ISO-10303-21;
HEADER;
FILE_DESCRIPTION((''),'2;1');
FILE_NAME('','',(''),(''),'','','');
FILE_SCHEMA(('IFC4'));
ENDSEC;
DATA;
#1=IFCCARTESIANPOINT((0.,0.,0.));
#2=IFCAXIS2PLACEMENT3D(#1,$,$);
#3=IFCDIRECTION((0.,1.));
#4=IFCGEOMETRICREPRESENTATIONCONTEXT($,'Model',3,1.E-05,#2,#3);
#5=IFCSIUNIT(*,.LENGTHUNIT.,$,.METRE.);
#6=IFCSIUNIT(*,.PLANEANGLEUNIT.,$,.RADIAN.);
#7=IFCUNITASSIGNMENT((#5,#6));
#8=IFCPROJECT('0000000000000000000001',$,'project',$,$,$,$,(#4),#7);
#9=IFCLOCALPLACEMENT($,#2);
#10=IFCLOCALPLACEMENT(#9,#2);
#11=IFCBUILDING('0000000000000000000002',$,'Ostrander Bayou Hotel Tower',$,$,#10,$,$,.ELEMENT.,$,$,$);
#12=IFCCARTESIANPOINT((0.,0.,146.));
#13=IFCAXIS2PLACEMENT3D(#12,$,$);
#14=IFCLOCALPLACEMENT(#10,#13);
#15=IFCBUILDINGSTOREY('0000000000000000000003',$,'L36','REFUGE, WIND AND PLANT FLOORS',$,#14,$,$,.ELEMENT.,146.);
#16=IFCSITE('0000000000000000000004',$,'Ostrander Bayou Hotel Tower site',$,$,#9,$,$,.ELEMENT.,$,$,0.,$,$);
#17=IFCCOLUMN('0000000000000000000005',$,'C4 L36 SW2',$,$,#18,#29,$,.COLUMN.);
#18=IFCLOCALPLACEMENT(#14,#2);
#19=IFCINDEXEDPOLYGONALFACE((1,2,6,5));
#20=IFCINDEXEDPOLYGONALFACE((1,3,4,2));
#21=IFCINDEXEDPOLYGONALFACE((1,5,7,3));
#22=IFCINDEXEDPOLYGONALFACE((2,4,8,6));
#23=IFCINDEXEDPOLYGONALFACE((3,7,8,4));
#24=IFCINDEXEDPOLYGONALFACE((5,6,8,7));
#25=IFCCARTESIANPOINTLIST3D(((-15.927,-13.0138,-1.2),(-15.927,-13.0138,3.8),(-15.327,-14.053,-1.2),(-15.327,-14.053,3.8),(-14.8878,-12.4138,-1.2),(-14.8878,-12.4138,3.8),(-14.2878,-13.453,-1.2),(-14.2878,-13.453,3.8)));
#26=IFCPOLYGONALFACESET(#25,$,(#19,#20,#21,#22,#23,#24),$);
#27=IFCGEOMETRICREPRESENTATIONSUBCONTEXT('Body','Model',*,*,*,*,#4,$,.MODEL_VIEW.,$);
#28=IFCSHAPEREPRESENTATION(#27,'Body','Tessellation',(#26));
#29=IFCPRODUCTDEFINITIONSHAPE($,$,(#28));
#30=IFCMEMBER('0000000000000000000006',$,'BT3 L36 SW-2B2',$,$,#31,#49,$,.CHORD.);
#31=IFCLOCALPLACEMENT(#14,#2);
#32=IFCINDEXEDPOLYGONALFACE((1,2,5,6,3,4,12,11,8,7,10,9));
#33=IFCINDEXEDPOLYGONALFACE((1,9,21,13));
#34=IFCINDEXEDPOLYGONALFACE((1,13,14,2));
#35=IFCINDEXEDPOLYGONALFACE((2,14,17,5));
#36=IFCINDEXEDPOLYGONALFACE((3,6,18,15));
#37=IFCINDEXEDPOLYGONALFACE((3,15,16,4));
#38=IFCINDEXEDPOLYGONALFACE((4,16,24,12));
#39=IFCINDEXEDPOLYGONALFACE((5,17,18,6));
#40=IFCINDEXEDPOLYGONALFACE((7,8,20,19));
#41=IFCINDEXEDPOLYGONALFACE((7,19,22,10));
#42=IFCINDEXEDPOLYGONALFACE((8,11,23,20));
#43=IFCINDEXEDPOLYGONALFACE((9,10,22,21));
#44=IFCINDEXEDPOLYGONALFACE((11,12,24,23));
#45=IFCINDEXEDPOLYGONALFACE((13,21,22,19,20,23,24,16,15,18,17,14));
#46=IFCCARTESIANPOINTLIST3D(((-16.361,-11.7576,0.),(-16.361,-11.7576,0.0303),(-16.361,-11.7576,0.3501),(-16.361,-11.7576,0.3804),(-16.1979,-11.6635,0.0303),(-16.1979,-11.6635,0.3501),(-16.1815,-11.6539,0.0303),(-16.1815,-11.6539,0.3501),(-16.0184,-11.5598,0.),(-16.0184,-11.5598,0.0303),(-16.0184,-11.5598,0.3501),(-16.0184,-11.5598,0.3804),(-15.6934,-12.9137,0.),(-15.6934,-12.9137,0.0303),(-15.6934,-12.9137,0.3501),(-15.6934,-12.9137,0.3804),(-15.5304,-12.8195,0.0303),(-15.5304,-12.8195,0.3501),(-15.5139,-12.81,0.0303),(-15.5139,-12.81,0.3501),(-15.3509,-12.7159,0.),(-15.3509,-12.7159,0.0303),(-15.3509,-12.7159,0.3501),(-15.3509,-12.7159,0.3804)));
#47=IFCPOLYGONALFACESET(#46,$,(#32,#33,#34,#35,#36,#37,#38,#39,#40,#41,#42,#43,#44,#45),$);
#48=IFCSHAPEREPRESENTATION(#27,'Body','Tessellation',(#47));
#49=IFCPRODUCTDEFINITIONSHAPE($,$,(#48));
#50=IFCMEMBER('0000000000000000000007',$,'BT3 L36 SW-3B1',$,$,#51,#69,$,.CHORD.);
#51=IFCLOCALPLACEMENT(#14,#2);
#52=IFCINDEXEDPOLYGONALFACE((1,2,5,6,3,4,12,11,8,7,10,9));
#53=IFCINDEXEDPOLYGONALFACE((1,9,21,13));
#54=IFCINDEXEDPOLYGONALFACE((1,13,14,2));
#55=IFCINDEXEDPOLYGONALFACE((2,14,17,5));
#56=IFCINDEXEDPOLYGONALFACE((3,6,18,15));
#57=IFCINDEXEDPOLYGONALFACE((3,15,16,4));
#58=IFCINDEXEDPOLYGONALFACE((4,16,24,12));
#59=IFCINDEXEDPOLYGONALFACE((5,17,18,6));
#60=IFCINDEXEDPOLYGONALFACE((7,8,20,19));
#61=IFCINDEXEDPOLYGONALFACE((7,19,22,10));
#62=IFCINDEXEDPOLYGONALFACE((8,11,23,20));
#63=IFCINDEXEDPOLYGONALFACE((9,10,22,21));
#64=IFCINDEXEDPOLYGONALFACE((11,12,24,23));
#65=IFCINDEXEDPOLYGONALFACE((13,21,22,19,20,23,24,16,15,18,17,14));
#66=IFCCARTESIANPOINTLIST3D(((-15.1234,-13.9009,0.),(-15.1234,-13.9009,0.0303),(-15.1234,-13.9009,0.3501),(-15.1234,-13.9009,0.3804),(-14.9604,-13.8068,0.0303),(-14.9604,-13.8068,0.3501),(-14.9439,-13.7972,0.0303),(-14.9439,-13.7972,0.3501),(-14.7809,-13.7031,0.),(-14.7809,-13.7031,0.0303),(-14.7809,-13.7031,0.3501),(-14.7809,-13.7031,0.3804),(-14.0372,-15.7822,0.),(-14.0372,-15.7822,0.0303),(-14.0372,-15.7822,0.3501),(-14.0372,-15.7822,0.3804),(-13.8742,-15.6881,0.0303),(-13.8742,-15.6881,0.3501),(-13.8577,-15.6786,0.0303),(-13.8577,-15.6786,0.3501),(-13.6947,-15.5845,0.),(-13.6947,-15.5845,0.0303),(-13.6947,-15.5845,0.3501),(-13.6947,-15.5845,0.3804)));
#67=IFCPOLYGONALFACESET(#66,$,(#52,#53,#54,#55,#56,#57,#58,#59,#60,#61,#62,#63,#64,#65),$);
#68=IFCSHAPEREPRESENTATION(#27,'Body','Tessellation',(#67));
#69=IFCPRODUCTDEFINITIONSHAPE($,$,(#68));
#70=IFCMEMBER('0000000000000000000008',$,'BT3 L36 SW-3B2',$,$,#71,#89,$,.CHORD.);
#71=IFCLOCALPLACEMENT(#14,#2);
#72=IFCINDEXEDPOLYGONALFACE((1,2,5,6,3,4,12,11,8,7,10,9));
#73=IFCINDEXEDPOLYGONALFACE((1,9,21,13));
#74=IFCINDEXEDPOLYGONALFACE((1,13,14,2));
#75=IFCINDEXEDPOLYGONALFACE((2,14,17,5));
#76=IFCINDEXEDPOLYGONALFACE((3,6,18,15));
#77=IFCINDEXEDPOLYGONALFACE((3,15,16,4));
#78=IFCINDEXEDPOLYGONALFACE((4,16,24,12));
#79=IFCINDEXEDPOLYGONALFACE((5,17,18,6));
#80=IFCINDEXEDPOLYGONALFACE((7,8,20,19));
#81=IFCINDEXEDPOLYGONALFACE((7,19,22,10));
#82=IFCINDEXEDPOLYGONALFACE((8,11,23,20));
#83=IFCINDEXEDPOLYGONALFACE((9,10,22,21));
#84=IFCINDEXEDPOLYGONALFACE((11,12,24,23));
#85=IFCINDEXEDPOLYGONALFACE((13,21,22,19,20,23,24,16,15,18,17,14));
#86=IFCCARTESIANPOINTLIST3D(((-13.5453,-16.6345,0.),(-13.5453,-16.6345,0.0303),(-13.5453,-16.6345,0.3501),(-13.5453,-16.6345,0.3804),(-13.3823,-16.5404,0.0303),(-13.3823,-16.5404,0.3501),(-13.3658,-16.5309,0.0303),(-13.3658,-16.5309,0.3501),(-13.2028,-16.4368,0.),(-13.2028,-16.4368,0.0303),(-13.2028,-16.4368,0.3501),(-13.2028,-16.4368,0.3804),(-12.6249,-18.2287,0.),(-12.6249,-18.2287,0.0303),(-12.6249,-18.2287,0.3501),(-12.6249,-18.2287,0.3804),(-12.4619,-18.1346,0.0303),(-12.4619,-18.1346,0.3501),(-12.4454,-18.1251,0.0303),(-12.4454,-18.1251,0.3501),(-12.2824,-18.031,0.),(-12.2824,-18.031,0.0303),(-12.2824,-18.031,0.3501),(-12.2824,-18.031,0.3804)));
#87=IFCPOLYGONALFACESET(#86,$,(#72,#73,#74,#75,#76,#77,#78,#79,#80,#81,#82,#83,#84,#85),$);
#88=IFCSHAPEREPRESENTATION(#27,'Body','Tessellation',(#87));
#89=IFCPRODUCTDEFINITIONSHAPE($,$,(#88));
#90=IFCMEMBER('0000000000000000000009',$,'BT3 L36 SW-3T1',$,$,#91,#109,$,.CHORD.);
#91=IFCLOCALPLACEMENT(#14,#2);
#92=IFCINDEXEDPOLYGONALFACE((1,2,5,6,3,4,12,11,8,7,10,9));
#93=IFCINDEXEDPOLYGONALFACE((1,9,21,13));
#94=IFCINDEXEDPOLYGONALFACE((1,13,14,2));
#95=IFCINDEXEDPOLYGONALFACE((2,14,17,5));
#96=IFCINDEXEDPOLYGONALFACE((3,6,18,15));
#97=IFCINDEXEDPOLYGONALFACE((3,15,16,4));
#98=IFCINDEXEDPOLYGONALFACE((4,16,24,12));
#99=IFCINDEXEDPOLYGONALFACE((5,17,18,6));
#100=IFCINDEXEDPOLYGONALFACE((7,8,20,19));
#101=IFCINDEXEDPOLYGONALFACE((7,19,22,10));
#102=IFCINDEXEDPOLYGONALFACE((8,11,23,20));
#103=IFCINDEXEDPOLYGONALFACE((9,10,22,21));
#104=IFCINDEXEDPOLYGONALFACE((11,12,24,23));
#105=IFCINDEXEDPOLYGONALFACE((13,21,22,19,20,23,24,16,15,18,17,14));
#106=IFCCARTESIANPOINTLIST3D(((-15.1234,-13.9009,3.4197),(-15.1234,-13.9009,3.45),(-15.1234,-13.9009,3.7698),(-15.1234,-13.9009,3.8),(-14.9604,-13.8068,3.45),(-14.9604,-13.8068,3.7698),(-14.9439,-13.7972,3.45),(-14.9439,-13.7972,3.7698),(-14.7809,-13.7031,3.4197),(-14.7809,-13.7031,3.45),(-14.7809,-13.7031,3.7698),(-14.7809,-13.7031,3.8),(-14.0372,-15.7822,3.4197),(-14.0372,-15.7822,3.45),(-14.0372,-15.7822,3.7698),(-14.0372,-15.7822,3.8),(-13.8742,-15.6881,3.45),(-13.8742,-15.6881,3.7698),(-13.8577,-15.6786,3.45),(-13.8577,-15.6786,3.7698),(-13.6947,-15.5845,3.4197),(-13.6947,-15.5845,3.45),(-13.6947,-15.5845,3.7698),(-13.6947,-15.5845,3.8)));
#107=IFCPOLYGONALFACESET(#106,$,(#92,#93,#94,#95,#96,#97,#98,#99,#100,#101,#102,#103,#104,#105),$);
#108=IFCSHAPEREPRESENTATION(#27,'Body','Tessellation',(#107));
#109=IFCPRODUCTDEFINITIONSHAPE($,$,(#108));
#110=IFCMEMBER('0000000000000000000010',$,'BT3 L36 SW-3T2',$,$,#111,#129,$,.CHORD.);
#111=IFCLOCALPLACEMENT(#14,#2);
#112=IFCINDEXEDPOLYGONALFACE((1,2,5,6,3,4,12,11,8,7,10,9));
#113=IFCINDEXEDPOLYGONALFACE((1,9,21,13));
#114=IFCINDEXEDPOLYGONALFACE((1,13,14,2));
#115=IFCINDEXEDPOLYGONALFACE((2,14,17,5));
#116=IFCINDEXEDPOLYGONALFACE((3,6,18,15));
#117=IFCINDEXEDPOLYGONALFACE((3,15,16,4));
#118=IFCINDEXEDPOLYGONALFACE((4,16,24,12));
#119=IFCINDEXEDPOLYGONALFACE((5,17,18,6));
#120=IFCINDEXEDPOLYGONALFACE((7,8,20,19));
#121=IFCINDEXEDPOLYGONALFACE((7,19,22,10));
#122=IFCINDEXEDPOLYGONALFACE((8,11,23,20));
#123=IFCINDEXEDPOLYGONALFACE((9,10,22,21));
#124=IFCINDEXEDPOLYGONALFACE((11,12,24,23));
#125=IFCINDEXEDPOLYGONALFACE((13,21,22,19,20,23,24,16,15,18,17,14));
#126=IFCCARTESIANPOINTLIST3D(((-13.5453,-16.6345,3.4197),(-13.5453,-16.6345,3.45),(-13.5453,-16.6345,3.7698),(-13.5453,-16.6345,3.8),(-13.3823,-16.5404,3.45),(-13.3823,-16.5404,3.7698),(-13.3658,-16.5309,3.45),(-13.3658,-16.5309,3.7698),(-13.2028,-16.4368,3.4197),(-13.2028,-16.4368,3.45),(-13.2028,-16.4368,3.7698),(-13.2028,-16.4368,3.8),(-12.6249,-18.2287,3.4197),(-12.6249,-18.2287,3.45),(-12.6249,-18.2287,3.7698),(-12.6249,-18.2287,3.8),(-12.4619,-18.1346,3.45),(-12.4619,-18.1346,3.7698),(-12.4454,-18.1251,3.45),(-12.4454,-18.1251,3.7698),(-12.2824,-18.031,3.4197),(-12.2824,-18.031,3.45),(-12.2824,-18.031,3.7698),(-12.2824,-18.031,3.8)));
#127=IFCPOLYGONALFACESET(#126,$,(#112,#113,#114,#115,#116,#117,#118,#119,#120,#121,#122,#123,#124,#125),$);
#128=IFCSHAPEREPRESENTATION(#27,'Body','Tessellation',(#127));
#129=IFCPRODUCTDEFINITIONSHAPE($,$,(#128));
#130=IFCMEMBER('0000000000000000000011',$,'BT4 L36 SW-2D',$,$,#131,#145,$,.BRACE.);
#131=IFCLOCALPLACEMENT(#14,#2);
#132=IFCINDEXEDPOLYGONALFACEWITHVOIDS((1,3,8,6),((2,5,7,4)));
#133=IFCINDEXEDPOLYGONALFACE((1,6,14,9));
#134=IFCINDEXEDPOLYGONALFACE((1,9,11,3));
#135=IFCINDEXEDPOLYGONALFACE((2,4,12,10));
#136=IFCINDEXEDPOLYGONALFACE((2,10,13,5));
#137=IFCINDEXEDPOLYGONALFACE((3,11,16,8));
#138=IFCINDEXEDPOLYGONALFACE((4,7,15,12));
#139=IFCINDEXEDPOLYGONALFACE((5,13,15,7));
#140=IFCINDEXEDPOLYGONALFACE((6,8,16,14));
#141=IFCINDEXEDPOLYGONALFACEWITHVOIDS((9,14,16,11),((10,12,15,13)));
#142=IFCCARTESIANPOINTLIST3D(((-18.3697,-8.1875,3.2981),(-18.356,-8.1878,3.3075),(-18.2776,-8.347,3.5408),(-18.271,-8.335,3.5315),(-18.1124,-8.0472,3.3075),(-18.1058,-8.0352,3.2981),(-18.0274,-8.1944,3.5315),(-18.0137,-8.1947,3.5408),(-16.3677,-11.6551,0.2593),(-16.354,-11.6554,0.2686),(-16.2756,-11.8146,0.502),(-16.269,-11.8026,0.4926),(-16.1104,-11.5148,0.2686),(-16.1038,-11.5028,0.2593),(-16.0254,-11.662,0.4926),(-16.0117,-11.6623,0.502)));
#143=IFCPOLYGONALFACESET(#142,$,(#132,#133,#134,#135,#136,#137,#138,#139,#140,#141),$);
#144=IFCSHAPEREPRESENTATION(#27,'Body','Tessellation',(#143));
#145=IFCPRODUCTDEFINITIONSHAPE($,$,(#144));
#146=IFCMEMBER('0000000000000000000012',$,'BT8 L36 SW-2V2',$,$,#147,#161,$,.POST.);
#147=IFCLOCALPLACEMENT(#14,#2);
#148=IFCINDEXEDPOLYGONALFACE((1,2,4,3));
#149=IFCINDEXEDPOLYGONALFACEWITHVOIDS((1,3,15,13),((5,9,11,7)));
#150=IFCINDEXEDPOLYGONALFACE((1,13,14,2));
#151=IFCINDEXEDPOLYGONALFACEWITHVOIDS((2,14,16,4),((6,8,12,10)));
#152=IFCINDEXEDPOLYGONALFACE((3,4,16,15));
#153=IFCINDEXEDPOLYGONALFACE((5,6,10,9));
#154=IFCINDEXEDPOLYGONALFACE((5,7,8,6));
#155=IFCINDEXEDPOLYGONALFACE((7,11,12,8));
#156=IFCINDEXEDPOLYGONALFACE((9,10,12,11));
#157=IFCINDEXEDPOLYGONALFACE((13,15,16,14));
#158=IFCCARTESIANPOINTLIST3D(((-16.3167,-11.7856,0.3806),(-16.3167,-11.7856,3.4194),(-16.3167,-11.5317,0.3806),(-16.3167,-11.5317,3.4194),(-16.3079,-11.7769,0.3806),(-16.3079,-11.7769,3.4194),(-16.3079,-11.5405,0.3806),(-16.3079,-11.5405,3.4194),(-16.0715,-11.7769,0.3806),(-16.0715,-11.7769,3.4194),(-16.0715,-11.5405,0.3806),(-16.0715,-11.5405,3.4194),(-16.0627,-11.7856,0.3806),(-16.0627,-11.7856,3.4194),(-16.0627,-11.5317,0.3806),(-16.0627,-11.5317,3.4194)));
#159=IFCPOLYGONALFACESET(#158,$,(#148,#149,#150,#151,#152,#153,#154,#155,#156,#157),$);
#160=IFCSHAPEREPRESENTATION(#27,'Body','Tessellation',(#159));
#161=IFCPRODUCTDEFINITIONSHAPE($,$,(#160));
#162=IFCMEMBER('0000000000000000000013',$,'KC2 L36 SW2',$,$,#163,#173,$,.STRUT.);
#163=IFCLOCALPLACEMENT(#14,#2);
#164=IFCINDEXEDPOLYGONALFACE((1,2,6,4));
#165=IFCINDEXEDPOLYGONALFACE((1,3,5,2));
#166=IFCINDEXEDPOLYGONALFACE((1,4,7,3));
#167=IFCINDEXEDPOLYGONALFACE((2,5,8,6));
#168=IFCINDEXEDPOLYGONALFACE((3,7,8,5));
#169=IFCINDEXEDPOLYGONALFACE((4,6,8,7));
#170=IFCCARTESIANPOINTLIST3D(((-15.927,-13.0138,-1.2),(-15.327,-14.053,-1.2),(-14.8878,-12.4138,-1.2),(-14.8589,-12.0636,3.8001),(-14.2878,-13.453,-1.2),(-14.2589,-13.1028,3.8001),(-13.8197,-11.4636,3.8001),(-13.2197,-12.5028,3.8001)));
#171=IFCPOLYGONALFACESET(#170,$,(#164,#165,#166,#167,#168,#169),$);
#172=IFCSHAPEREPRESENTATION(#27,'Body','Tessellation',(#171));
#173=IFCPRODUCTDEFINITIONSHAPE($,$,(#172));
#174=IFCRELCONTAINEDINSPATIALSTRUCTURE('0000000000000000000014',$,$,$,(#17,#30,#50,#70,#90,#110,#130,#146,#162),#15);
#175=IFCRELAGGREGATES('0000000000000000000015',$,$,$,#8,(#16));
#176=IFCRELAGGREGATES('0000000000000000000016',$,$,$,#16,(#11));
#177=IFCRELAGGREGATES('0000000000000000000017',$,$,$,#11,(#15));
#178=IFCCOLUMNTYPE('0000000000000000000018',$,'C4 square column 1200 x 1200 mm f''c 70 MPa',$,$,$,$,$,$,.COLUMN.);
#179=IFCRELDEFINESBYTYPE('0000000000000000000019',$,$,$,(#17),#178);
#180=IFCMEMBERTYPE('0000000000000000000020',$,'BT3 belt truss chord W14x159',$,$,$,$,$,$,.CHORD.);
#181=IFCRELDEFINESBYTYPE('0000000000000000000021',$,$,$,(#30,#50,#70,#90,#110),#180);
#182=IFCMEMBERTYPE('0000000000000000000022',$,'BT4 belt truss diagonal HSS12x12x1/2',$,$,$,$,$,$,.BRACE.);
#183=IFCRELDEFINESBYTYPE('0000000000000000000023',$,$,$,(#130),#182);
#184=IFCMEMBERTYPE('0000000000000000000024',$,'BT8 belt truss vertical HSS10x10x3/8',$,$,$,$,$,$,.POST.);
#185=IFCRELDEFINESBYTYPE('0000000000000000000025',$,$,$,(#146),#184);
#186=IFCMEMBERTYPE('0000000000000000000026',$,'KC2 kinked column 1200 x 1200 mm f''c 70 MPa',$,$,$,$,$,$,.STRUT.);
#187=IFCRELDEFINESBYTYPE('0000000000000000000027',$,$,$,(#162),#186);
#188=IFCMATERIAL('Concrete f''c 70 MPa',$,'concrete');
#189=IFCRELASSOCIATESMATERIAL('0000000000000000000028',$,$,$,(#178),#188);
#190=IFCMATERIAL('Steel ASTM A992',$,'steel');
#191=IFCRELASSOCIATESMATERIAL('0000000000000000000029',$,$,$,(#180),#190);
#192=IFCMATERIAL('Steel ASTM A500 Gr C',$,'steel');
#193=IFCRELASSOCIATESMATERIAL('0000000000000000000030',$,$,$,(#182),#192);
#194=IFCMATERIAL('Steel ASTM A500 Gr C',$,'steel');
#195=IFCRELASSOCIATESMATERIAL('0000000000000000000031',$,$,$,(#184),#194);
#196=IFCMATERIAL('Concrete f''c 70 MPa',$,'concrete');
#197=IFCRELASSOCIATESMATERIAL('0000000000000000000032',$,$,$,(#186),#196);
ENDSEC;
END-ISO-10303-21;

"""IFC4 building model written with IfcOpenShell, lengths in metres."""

from ifc_helpers import new_model, si_unit, direction, frame, origin, origin_2d, place, context, subcontext, project, spatial, rectangle, hollow_rectangle, i_section, extrude, material, material_profile, profile_set, type_object, element, save


model = new_model("IFC4")

# Units and contexts
model_context = context("Model", 3, precision=1e-05, world=origin(), true_north=direction((0.0, 1.0)))
body_context = subcontext(model_context, "Body", "Model", "MODEL_VIEW")
ifc_project = project(units=[si_unit("LENGTHUNIT", "METRE"), si_unit("PLANEANGLEUNIT", "RADIAN")], contexts=[model_context])

# Site, building, storey
site_placement = place(None, origin())
site = spatial("IfcSite", under=ifc_project, at=site_placement, Name="Ostrander Bayou Hotel Tower site", CompositionType="ELEMENT", RefElevation=0.0)
building_placement = place(site_placement, origin())
building = spatial("IfcBuilding", under=site, at=building_placement, Name="Ostrander Bayou Hotel Tower", CompositionType="ELEMENT")
storey_placement = place(building_placement, frame((0.0, 0.0, 146.0)))
storey = spatial("IfcBuildingStorey", under=building, at=storey_placement, Name="L36", Description="REFUGE, WIND AND PLANT FLOORS", CompositionType="ELEMENT", Elevation=146.0)

# Column
ifc_material_1 = material(Name="Concrete f'c 70 MPa", Category="concrete")
ifc_material_profile_1 = material_profile(ifc_material_1, rectangle(XDim=1.2, YDim=1.2, at=origin_2d()))
ifc_profile_set_1 = profile_set([ifc_material_profile_1], Name="Concrete f'c 70 MPa")
column_type = type_object("IfcColumnType", Name="C4 square column 1200 x 1200 mm f'c 70 MPa", PredefinedType="COLUMN", material=ifc_profile_set_1)
column_placement = place(storey_placement, frame((-15.1074, -13.2334, -1.2), z_axis=(0.0, 0.0, 1.0), x_axis=(-0.5, 0.866025, 0.0)))
element("IfcColumn", 1, at=column_placement, inside=storey, type_object=column_type, Name="C4 L36 SW2", PredefinedType="COLUMN", context=body_context, shape_type="SweptSolid", body=[
    extrude(rectangle(XDim=1.2, YDim=1.2, at=origin_2d()), origin(), (0.0, 0.0, 1.0), 5.0),
])

# Members
ifc_material_2 = material(Name="Steel ASTM A992", Category="steel")
ifc_material_profile_2 = material_profile(ifc_material_2, i_section(OverallWidth=0.3955, OverallDepth=0.3804, WebThickness=0.019, FlangeThickness=0.0303, at=origin_2d()))
ifc_profile_set_2 = profile_set([ifc_material_profile_2], Name="Steel ASTM A992")
member_type_1 = type_object("IfcMemberType", Name="BT3 belt truss chord W14x159", PredefinedType="CHORD", material=ifc_profile_set_2)
member_1_placement = place(storey_placement, frame((-16.1897, -11.6587, 0.1902), z_axis=(0.500034, -0.866006, 0.0), x_axis=(0.866006, 0.500034, 0.0)))
element("IfcMember", 2, at=member_1_placement, inside=storey, type_object=member_type_1, Name="BT3 L36 SW-2B2", PredefinedType="CHORD", context=body_context, shape_type="SweptSolid", body=[
    extrude(i_section(OverallWidth=0.3955, OverallDepth=0.3804, WebThickness=0.019, FlangeThickness=0.0303, at=origin_2d()), origin(), (0.0, 0.0, 1.0), 1.335),
])
member_2_placement = place(storey_placement, frame((-14.9521, -13.802, 0.1902), z_axis=(0.499995, -0.866028, 0.0), x_axis=(0.866028, 0.499995, 0.0)))
element("IfcMember", 3, at=member_2_placement, inside=storey, type_object=member_type_1, Name="BT3 L36 SW-3B1", PredefinedType="CHORD", context=body_context, shape_type="SweptSolid", body=[
    extrude(i_section(OverallWidth=0.3955, OverallDepth=0.3804, WebThickness=0.019, FlangeThickness=0.0303, at=origin_2d()), origin(), (0.0, 0.0, 1.0), 2.1724),
])
member_3_placement = place(storey_placement, frame((-13.374, -16.5356, 0.1902), z_axis=(0.49999, -0.866031, 0.0), x_axis=(0.866031, 0.49999, 0.0)))
element("IfcMember", 4, at=member_3_placement, inside=storey, type_object=member_type_1, Name="BT3 L36 SW-3B2", PredefinedType="CHORD", context=body_context, shape_type="SweptSolid", body=[
    extrude(i_section(OverallWidth=0.3955, OverallDepth=0.3804, WebThickness=0.019, FlangeThickness=0.0303, at=origin_2d()), origin(), (0.0, 0.0, 1.0), 1.8408),
])
member_4_placement = place(storey_placement, frame((-14.9521, -13.802, 3.6099), z_axis=(0.499995, -0.866028, 0.0), x_axis=(0.866028, 0.499995, 0.0)))
element("IfcMember", 5, at=member_4_placement, inside=storey, type_object=member_type_1, Name="BT3 L36 SW-3T1", PredefinedType="CHORD", context=body_context, shape_type="SweptSolid", body=[
    extrude(i_section(OverallWidth=0.3955, OverallDepth=0.3804, WebThickness=0.019, FlangeThickness=0.0303, at=origin_2d()), origin(), (0.0, 0.0, 1.0), 2.1724),
])
member_5_placement = place(storey_placement, frame((-13.374, -16.5356, 3.6099), z_axis=(0.49999, -0.866031, 0.0), x_axis=(0.866031, 0.49999, 0.0)))
element("IfcMember", 6, at=member_5_placement, inside=storey, type_object=member_type_1, Name="BT3 L36 SW-3T2", PredefinedType="CHORD", context=body_context, shape_type="SweptSolid", body=[
    extrude(i_section(OverallWidth=0.3955, OverallDepth=0.3804, WebThickness=0.019, FlangeThickness=0.0303, at=origin_2d()), origin(), (0.0, 0.0, 1.0), 1.8408),
])
ifc_material_3 = material(Name="Steel ASTM A500 Gr C", Category="steel")
ifc_material_profile_3 = material_profile(ifc_material_3, hollow_rectangle(XDim=0.3047, YDim=0.3047, WallThickness=0.0117, at=origin_2d()))
ifc_profile_set_3 = profile_set([ifc_material_profile_3], Name="Steel ASTM A500 Gr C")
member_type_2 = type_object("IfcMemberType", Name="BT4 belt truss diagonal HSS12x12x1/2", PredefinedType="BRACE", material=ifc_profile_set_3)
member_6_placement = place(storey_placement, frame((-16.1897, -11.6587, 0.3806), z_axis=(-0.398277, 0.689846, 0.604556), x_axis=(-0.866028, -0.499995, 0.0)))
element("IfcMember", 7, at=member_6_placement, inside=storey, type_object=member_type_2, Name="BT4 L36 SW-2D", PredefinedType="BRACE", context=body_context, shape_type="SweptSolid", body=[
    extrude(hollow_rectangle(XDim=0.3047, YDim=0.3047, WallThickness=0.0117, at=origin_2d()), origin(), (0.0, 0.0, 1.0), 5.0266),
])
ifc_material_4 = material(Name="Steel ASTM A500 Gr C", Category="steel")
ifc_material_profile_4 = material_profile(ifc_material_4, hollow_rectangle(XDim=0.2539, YDim=0.2539, WallThickness=0.0088, at=origin_2d()))
ifc_profile_set_4 = profile_set([ifc_material_profile_4], Name="Steel ASTM A500 Gr C")
member_type_3 = type_object("IfcMemberType", Name="BT8 belt truss vertical HSS10x10x3/8", PredefinedType="POST", material=ifc_profile_set_4)
member_7_placement = place(storey_placement, frame((-16.1897, -11.6587, 0.3806), z_axis=(0.0, 0.0, 1.0), x_axis=(1.0, 0.0, 0.0)))
element("IfcMember", 8, at=member_7_placement, inside=storey, type_object=member_type_3, Name="BT8 L36 SW-2V2", PredefinedType="POST", context=body_context, shape_type="SweptSolid", body=[
    extrude(hollow_rectangle(XDim=0.2539, YDim=0.2539, WallThickness=0.0088, at=origin_2d()), origin(), (0.0, 0.0, 1.0), 3.0388),
])
ifc_material_5 = material(Name="Concrete f'c 70 MPa", Category="concrete")
ifc_material_profile_5 = material_profile(ifc_material_5, rectangle(XDim=1.2, YDim=1.2, at=origin_2d()))
ifc_profile_set_5 = profile_set([ifc_material_profile_5], Name="Concrete f'c 70 MPa")
member_type_4 = type_object("IfcMemberType", Name="KC2 kinked column 1200 x 1200 mm f'c 70 MPa", PredefinedType="STRUT", material=ifc_profile_set_5)
member_8_placement = place(storey_placement, frame((-15.1074, -13.2334, -1.2), z_axis=(0.0, 0.0, 1.0), x_axis=(-0.5, 0.866025, 0.0)))
element("IfcMember", 9, at=member_8_placement, inside=storey, type_object=member_type_4, Name="KC2 L36 SW2", PredefinedType="STRUT", context=body_context, shape_type="SweptSolid", body=[
    extrude(rectangle(XDim=1.2, YDim=1.2, at=origin_2d()), origin(), (0.055541, -0.269234, 0.961472), 5.2004),
])

save(model, "model.ifc")
